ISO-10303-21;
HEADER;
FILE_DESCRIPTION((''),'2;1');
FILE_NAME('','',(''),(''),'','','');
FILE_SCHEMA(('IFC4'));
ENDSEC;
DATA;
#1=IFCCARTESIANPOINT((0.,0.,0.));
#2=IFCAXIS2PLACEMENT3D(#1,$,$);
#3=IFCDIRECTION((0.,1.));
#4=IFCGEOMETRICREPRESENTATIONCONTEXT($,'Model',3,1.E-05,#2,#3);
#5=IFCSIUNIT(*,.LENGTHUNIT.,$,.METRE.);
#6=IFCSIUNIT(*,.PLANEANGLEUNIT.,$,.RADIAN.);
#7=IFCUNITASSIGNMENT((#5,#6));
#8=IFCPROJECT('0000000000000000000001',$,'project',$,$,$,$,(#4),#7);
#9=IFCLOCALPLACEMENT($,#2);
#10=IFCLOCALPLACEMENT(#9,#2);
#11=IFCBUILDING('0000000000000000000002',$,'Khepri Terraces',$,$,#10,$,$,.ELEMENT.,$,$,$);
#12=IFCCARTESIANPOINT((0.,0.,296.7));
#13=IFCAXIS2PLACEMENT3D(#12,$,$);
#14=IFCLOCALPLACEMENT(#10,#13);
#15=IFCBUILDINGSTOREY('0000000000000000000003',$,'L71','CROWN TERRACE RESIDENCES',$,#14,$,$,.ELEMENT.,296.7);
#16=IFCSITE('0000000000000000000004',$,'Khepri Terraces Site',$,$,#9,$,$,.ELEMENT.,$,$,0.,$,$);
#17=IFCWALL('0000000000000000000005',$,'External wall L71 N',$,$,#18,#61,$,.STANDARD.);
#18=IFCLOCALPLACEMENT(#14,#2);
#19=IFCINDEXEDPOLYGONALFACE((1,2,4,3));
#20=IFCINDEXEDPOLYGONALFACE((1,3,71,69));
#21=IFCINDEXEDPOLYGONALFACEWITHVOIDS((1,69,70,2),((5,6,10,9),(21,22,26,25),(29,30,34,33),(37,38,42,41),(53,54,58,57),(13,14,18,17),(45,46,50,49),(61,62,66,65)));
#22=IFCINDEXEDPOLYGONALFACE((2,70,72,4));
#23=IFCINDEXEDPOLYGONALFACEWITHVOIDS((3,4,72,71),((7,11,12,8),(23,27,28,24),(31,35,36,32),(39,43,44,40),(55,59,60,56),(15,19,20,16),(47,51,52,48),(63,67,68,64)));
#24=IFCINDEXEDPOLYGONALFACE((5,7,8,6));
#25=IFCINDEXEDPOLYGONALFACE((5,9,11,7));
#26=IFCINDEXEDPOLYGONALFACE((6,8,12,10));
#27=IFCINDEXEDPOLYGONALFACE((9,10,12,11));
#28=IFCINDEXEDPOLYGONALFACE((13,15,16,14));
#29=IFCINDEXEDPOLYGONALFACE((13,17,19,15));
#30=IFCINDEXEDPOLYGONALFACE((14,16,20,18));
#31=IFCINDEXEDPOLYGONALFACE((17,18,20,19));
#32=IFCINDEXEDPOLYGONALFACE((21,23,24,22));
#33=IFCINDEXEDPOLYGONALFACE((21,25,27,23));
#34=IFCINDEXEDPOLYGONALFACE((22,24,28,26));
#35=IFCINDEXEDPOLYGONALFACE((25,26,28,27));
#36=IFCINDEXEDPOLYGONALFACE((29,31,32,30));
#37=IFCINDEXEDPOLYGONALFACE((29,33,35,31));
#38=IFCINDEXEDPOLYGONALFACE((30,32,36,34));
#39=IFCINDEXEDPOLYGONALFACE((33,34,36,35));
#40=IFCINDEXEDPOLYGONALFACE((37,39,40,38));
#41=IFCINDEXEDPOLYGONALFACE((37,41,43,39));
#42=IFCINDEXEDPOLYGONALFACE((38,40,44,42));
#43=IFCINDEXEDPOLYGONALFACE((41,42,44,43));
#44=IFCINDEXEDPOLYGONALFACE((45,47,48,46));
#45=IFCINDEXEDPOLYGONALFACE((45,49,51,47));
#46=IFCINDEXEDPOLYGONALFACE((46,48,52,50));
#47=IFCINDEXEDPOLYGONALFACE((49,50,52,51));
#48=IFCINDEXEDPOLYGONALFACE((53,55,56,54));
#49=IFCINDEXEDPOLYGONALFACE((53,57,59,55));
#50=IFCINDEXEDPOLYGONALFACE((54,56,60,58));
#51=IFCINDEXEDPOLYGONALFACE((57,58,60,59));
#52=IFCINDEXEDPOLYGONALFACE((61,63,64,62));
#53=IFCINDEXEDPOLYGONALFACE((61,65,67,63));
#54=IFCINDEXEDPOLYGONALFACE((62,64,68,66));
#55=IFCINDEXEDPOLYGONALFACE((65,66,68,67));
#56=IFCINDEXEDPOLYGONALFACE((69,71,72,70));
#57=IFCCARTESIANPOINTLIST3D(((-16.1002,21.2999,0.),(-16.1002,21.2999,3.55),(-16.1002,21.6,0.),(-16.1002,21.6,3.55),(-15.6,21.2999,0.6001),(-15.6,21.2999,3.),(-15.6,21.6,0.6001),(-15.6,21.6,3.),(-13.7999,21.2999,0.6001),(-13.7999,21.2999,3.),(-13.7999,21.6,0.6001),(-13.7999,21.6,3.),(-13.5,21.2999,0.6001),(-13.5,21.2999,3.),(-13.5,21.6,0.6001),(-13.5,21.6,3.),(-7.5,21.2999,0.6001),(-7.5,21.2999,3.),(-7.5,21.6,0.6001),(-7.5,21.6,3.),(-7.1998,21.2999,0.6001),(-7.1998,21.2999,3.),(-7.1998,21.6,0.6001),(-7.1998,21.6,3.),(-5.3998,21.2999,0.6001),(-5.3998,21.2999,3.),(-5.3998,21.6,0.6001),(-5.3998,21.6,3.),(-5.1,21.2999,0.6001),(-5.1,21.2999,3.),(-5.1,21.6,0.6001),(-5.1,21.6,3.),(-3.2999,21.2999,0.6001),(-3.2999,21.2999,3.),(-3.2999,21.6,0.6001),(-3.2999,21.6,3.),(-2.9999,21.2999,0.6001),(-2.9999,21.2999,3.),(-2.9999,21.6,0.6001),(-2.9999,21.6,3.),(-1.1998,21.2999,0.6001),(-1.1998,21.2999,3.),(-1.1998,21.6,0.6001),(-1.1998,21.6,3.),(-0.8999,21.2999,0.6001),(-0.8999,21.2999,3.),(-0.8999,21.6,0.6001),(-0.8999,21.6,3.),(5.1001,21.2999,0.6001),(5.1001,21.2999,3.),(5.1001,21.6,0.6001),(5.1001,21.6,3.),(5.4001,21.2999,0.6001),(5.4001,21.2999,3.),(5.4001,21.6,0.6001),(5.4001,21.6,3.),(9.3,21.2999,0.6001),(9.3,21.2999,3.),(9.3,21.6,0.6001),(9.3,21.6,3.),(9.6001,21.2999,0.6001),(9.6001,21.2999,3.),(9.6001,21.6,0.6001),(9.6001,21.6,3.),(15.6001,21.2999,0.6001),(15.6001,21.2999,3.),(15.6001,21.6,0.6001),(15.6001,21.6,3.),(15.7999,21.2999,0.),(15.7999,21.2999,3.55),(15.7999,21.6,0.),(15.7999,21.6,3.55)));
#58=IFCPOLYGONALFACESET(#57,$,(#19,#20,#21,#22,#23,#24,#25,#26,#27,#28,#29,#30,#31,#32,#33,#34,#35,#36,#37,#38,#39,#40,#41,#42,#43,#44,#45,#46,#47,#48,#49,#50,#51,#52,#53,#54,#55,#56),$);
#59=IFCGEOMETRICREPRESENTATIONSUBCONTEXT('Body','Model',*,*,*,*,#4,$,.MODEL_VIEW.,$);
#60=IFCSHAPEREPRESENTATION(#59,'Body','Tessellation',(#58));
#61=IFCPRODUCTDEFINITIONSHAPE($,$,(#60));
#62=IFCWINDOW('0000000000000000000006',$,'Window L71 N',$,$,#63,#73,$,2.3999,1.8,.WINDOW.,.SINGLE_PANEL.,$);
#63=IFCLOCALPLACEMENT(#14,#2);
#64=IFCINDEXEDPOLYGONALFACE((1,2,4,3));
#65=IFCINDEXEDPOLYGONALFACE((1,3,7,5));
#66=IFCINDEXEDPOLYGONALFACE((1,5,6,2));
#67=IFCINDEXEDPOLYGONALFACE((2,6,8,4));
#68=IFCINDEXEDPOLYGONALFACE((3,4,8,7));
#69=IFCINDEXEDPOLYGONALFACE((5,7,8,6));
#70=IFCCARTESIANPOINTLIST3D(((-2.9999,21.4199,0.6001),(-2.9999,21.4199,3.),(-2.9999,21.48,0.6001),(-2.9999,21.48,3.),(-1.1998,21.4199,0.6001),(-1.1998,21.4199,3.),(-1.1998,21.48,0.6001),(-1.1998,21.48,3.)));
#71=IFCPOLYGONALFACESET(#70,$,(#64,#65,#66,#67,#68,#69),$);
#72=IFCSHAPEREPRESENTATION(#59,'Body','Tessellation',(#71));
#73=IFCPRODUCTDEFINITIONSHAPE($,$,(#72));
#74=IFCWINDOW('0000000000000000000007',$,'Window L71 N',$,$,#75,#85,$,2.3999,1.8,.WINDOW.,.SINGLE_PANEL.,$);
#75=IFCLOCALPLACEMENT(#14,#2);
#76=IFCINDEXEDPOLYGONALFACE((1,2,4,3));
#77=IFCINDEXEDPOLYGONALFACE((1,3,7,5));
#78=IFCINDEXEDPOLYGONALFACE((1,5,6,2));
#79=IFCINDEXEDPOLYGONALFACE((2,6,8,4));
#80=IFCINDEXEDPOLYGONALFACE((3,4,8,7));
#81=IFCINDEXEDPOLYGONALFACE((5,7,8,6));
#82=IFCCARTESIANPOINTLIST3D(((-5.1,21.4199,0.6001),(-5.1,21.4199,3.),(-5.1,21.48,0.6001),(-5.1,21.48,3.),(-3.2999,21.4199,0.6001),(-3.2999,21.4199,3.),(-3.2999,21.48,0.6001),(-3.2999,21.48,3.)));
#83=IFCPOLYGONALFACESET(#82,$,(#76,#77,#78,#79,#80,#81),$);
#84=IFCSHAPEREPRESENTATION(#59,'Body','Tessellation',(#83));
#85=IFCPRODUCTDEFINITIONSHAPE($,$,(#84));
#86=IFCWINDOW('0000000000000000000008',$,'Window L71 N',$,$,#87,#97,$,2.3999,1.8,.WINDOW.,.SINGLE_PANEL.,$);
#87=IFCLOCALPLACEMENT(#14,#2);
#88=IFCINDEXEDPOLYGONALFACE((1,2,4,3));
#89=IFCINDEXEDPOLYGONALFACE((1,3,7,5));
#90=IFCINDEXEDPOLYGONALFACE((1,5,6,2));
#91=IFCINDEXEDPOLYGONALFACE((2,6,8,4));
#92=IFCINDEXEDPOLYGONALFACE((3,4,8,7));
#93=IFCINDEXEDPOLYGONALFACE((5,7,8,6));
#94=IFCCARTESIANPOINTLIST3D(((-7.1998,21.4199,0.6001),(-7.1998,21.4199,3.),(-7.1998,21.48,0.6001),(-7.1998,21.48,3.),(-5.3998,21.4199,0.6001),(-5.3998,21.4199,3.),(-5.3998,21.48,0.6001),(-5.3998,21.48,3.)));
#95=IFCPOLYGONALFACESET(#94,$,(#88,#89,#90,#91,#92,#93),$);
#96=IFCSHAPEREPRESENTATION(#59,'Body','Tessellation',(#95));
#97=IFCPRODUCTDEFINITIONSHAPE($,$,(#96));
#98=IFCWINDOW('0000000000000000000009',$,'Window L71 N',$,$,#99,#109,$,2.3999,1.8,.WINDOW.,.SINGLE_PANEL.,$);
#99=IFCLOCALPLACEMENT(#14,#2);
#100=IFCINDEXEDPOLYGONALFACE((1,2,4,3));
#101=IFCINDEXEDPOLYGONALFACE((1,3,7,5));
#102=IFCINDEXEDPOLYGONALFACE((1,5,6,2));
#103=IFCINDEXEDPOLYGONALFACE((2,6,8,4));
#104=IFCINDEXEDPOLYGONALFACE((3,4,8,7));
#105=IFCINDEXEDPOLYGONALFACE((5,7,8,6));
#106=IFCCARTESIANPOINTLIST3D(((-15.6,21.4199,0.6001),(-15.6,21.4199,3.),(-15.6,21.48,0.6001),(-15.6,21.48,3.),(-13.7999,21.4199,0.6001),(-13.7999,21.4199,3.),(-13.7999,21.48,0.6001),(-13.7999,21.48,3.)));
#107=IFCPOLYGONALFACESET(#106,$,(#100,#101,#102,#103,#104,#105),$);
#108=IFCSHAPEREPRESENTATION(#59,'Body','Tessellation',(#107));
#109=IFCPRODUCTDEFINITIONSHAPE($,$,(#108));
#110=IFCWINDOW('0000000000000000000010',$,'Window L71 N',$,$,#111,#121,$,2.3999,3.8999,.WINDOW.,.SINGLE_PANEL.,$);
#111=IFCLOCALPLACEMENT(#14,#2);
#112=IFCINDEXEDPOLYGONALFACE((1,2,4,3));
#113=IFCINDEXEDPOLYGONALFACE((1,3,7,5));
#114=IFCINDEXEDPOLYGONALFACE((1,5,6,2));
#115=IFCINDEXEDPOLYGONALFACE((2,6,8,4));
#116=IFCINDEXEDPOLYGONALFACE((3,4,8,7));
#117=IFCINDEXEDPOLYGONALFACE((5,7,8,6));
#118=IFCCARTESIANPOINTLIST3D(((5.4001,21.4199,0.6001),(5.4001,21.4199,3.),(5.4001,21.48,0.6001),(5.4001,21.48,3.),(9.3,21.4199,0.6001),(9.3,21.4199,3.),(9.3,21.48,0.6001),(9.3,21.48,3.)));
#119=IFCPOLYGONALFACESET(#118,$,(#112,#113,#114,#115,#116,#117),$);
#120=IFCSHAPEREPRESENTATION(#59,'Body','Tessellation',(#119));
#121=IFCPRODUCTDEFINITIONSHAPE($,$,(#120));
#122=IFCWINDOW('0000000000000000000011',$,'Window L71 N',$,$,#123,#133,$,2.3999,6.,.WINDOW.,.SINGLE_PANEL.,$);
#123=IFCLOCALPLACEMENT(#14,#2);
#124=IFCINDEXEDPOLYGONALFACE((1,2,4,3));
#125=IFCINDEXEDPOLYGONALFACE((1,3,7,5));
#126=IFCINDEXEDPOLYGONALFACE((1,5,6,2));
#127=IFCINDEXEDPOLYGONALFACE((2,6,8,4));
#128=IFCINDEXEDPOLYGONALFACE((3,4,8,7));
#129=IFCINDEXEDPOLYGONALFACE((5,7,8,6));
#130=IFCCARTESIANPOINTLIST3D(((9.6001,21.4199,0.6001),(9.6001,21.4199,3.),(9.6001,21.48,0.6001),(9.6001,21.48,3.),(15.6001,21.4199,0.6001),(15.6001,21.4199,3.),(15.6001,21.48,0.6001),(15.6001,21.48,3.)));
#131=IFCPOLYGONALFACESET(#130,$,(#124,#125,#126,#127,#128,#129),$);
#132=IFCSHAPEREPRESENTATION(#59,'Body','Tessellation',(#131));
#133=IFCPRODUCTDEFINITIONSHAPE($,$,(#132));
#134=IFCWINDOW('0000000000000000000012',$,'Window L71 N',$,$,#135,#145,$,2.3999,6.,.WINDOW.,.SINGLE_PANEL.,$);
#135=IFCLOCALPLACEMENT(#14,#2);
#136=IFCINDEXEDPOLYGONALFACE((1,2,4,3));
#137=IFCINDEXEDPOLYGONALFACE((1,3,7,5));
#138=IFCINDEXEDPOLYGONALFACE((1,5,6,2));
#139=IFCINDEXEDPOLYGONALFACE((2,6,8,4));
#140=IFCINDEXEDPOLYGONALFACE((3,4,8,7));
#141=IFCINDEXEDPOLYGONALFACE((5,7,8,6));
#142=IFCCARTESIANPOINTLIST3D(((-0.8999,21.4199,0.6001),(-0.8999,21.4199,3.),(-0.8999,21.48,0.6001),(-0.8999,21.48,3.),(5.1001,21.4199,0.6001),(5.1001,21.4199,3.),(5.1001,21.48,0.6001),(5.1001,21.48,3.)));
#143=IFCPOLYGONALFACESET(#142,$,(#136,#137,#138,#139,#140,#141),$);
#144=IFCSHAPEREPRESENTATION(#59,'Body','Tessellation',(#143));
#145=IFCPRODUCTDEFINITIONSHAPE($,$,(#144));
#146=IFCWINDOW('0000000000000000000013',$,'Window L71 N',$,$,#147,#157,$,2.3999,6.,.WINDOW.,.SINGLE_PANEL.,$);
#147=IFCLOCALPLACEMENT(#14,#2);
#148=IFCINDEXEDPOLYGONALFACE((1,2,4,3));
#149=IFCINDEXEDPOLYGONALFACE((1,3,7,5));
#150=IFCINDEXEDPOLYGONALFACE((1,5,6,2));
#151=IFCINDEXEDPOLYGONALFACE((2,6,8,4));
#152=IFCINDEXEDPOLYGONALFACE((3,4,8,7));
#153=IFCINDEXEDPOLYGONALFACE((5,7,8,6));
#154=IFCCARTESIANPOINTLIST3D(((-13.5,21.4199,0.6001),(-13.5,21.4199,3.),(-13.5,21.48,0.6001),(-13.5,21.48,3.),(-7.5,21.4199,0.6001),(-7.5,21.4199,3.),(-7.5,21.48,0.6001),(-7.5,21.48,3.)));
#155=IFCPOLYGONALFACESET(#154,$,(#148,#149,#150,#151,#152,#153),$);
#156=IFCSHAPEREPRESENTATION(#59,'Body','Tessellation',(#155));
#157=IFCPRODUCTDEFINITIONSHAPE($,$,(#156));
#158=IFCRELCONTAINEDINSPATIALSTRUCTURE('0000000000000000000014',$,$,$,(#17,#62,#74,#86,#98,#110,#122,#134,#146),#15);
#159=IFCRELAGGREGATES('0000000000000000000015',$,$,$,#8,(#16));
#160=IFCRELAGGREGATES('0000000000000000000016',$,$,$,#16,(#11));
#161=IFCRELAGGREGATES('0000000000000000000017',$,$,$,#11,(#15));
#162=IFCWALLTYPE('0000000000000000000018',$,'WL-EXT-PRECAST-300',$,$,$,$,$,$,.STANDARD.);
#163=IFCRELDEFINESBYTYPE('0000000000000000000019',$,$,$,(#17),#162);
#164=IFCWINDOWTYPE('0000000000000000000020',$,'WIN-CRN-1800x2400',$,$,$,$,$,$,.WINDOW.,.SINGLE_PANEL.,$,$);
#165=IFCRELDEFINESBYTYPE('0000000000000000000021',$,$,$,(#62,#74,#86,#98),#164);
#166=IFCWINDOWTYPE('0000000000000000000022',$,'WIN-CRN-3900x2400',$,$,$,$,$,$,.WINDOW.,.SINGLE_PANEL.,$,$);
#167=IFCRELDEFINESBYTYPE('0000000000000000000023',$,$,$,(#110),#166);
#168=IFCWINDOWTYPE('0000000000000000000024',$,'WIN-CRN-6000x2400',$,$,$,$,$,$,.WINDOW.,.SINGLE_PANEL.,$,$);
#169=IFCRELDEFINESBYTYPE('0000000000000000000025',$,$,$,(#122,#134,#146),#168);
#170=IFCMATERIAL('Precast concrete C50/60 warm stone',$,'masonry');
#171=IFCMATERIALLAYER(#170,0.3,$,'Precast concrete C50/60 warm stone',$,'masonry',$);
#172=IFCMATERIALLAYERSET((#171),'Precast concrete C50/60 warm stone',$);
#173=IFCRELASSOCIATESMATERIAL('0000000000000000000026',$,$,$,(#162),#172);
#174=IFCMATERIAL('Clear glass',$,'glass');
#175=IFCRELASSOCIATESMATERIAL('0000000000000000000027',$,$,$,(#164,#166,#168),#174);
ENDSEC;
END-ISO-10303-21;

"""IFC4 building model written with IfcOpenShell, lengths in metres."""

from ifc_helpers import new_model, si_unit, direction, frame, frame_2d, origin, place, context, subcontext, project, spatial, rectangle, extrude, material, layer, layer_set, type_object, element, fill, save


model = new_model("IFC4")

# Units and contexts
model_context = context("Model", 3, precision=1e-05, world=origin(), true_north=direction((0.0, 1.0)))
body_context = subcontext(model_context, "Body", "Model", "MODEL_VIEW")
ifc_project = project(units=[si_unit("LENGTHUNIT", "METRE"), si_unit("PLANEANGLEUNIT", "RADIAN")], contexts=[model_context])

# Site, building, storey
site_placement = place(None, origin())
site = spatial("IfcSite", under=ifc_project, at=site_placement, Name="Khepri Terraces Site", CompositionType="ELEMENT", RefElevation=0.0)
building_placement = place(site_placement, origin())
building = spatial("IfcBuilding", under=site, at=building_placement, Name="Khepri Terraces", CompositionType="ELEMENT")
storey_placement = place(building_placement, frame((0.0, 0.0, 296.7)))
storey = spatial("IfcBuildingStorey", under=building, at=storey_placement, Name="L71", Description="CROWN TERRACE RESIDENCES", CompositionType="ELEMENT", Elevation=296.7)

# Shared definitions
ifc_material_1 = material(Name="Precast concrete C50/60 warm stone", Category="masonry")
ifc_layer_1 = layer(ifc_material_1, 0.3, Name="Precast concrete C50/60 warm stone", Category="masonry")
ifc_layer_set_1 = layer_set([ifc_layer_1], Name="Precast concrete C50/60 warm stone")
wall_type_1 = type_object("IfcWallType", Name="WL-EXT-PRECAST-300", PredefinedType="STANDARD", material=ifc_layer_set_1)
ifc_material_2 = material(Name="Clear glass", Category="glass")
window_type_1 = type_object("IfcWindowType", Name="WIN-CRN-1800x2400", PartitioningType="SINGLE_PANEL", PredefinedType="WINDOW", material=ifc_material_2)

# Wall, openings, windows
wall_1_placement = place(storey_placement, frame((15.8, 21.45, 0.0), z_axis=(0.0, 0.0, 1.0), x_axis=(-1.0, 0.0, 0.0)))
wall_1 = element("IfcWall", 1, at=wall_1_placement, inside=storey, type_object=wall_type_1, Name="External wall L71 N", PredefinedType="STANDARD", context=body_context, shape_type="SweptSolid", body=[
    extrude(rectangle(XDim=31.9001, YDim=0.3, at=frame_2d((15.9502, 0.0))), origin(), (0.0, 0.0, 1.0), 3.55),
])
opening_1_placement = place(wall_1_placement, frame((0.2, 0.0, 0.6001)))
opening_1 = element("IfcOpeningElement", 2, at=opening_1_placement, cuts=wall_1, PredefinedType="OPENING", context=body_context, shape_type="SweptSolid", body=[
    extrude(rectangle(XDim=6.0, YDim=2.3999, at=frame_2d((3.0, 1.2))), frame((0.0, 0.1602, 0.0), z_axis=(0.0, -1.0, 0.0), x_axis=(1.0, 0.0, 0.0)), (0.0, 0.0, 1.0), 0.3201),
])
opening_2_placement = place(wall_1_placement, frame((6.5, 0.0, 0.6001)))
opening_2 = element("IfcOpeningElement", 3, at=opening_2_placement, cuts=wall_1, PredefinedType="OPENING", context=body_context, shape_type="SweptSolid", body=[
    extrude(rectangle(XDim=3.8999, YDim=2.3999, at=frame_2d((1.95, 1.2))), frame((0.0, 0.1602, 0.0), z_axis=(0.0, -1.0, 0.0), x_axis=(1.0, 0.0, 0.0)), (0.0, 0.0, 1.0), 0.3201),
])
opening_3_placement = place(wall_1_placement, frame((10.7, 0.0, 0.6001)))
opening_3 = element("IfcOpeningElement", 4, at=opening_3_placement, cuts=wall_1, PredefinedType="OPENING", context=body_context, shape_type="SweptSolid", body=[
    extrude(rectangle(XDim=6.0, YDim=2.3999, at=frame_2d((3.0, 1.2))), frame((0.0, 0.1602, 0.0), z_axis=(0.0, -1.0, 0.0), x_axis=(1.0, 0.0, 0.0)), (0.0, 0.0, 1.0), 0.3201),
])
opening_4_placement = place(wall_1_placement, frame((17.0, 0.0, 0.6001)))
opening_4 = element("IfcOpeningElement", 5, at=opening_4_placement, cuts=wall_1, PredefinedType="OPENING", context=body_context, shape_type="SweptSolid", body=[
    extrude(rectangle(XDim=1.8, YDim=2.3999, at=frame_2d((0.8999, 1.2))), frame((0.0, 0.1602, 0.0), z_axis=(0.0, -1.0, 0.0), x_axis=(1.0, 0.0, 0.0)), (0.0, 0.0, 1.0), 0.3201),
])
opening_5_placement = place(wall_1_placement, frame((19.1001, 0.0, 0.6001)))
opening_5 = element("IfcOpeningElement", 6, at=opening_5_placement, cuts=wall_1, PredefinedType="OPENING", context=body_context, shape_type="SweptSolid", body=[
    extrude(rectangle(XDim=1.8, YDim=2.3999, at=frame_2d((0.8999, 1.2))), frame((0.0, 0.1602, 0.0), z_axis=(0.0, -1.0, 0.0), x_axis=(1.0, 0.0, 0.0)), (0.0, 0.0, 1.0), 0.3201),
])
opening_6_placement = place(wall_1_placement, frame((21.2, 0.0, 0.6001)))
opening_6 = element("IfcOpeningElement", 7, at=opening_6_placement, cuts=wall_1, PredefinedType="OPENING", context=body_context, shape_type="SweptSolid", body=[
    extrude(rectangle(XDim=1.8, YDim=2.3999, at=frame_2d((0.8999, 1.2))), frame((0.0, 0.1602, 0.0), z_axis=(0.0, -1.0, 0.0), x_axis=(1.0, 0.0, 0.0)), (0.0, 0.0, 1.0), 0.3201),
])
opening_7_placement = place(wall_1_placement, frame((23.3, 0.0, 0.6001)))
opening_7 = element("IfcOpeningElement", 8, at=opening_7_placement, cuts=wall_1, PredefinedType="OPENING", context=body_context, shape_type="SweptSolid", body=[
    extrude(rectangle(XDim=6.0, YDim=2.3999, at=frame_2d((3.0, 1.2))), frame((0.0, 0.1602, 0.0), z_axis=(0.0, -1.0, 0.0), x_axis=(1.0, 0.0, 0.0)), (0.0, 0.0, 1.0), 0.3201),
])
opening_8_placement = place(wall_1_placement, frame((29.6001, 0.0, 0.6001)))
opening_8 = element("IfcOpeningElement", 9, at=opening_8_placement, cuts=wall_1, PredefinedType="OPENING", context=body_context, shape_type="SweptSolid", body=[
    extrude(rectangle(XDim=1.8, YDim=2.3999, at=frame_2d((0.8999, 1.2))), frame((0.0, 0.1602, 0.0), z_axis=(0.0, -1.0, 0.0), x_axis=(1.0, 0.0, 0.0)), (0.0, 0.0, 1.0), 0.3201),
])
window_1_placement = place(opening_4_placement, origin())
window_1 = element("IfcWindow", 10, at=window_1_placement, inside=storey, type_object=window_type_1, Name="Window L71 N", OverallHeight=2.3999, OverallWidth=1.8, PartitioningType="SINGLE_PANEL", PredefinedType="WINDOW", context=body_context, shape_type="SweptSolid", body=[
    extrude(rectangle(XDim=1.8, YDim=2.3999, at=frame_2d((0.8999, 1.2))), frame((0.0, 0.03, 0.0), z_axis=(0.0, -1.0, 0.0), x_axis=(1.0, 0.0, 0.0)), (0.0, 0.0, 1.0), 0.0601),
])
fill(opening_4, window_1)
window_2_placement = place(opening_5_placement, origin())
window_2 = element("IfcWindow", 11, at=window_2_placement, inside=storey, type_object=window_type_1, Name="Window L71 N", OverallHeight=2.3999, OverallWidth=1.8, PartitioningType="SINGLE_PANEL", PredefinedType="WINDOW", context=body_context, shape_type="SweptSolid", body=[
    extrude(rectangle(XDim=1.8, YDim=2.3999, at=frame_2d((0.8999, 1.2))), frame((0.0, 0.03, 0.0), z_axis=(0.0, -1.0, 0.0), x_axis=(1.0, 0.0, 0.0)), (0.0, 0.0, 1.0), 0.0601),
])
fill(opening_5, window_2)
window_3_placement = place(opening_6_placement, origin())
window_3 = element("IfcWindow", 12, at=window_3_placement, inside=storey, type_object=window_type_1, Name="Window L71 N", OverallHeight=2.3999, OverallWidth=1.8, PartitioningType="SINGLE_PANEL", PredefinedType="WINDOW", context=body_context, shape_type="SweptSolid", body=[
    extrude(rectangle(XDim=1.8, YDim=2.3999, at=frame_2d((0.8999, 1.2))), frame((0.0, 0.03, 0.0), z_axis=(0.0, -1.0, 0.0), x_axis=(1.0, 0.0, 0.0)), (0.0, 0.0, 1.0), 0.0601),
])
fill(opening_6, window_3)
window_4_placement = place(opening_8_placement, origin())
window_4 = element("IfcWindow", 13, at=window_4_placement, inside=storey, type_object=window_type_1, Name="Window L71 N", OverallHeight=2.3999, OverallWidth=1.8, PartitioningType="SINGLE_PANEL", PredefinedType="WINDOW", context=body_context, shape_type="SweptSolid", body=[
    extrude(rectangle(XDim=1.8, YDim=2.3999, at=frame_2d((0.8999, 1.2))), frame((0.0, 0.03, 0.0), z_axis=(0.0, -1.0, 0.0), x_axis=(1.0, 0.0, 0.0)), (0.0, 0.0, 1.0), 0.0601),
])
fill(opening_8, window_4)
window_type_2 = type_object("IfcWindowType", Name="WIN-CRN-3900x2400", PartitioningType="SINGLE_PANEL", PredefinedType="WINDOW", material=ifc_material_2)
window_5_placement = place(opening_2_placement, origin())
window_5 = element("IfcWindow", 14, at=window_5_placement, inside=storey, type_object=window_type_2, Name="Window L71 N", OverallHeight=2.3999, OverallWidth=3.8999, PartitioningType="SINGLE_PANEL", PredefinedType="WINDOW", context=body_context, shape_type="SweptSolid", body=[
    extrude(rectangle(XDim=3.8999, YDim=2.3999, at=frame_2d((1.95, 1.2))), frame((0.0, 0.03, 0.0), z_axis=(0.0, -1.0, 0.0), x_axis=(1.0, 0.0, 0.0)), (0.0, 0.0, 1.0), 0.0601),
])
fill(opening_2, window_5)
window_type_3 = type_object("IfcWindowType", Name="WIN-CRN-6000x2400", PartitioningType="SINGLE_PANEL", PredefinedType="WINDOW", material=ifc_material_2)
window_6_placement = place(opening_1_placement, origin())
window_6 = element("IfcWindow", 15, at=window_6_placement, inside=storey, type_object=window_type_3, Name="Window L71 N", OverallHeight=2.3999, OverallWidth=6.0, PartitioningType="SINGLE_PANEL", PredefinedType="WINDOW", context=body_context, shape_type="SweptSolid", body=[
    extrude(rectangle(XDim=6.0, YDim=2.3999, at=frame_2d((3.0, 1.2))), frame((0.0, 0.03, 0.0), z_axis=(0.0, -1.0, 0.0), x_axis=(1.0, 0.0, 0.0)), (0.0, 0.0, 1.0), 0.0601),
])
fill(opening_1, window_6)
window_7_placement = place(opening_3_placement, origin())
window_7 = element("IfcWindow", 16, at=window_7_placement, inside=storey, type_object=window_type_3, Name="Window L71 N", OverallHeight=2.3999, OverallWidth=6.0, PartitioningType="SINGLE_PANEL", PredefinedType="WINDOW", context=body_context, shape_type="SweptSolid", body=[
    extrude(rectangle(XDim=6.0, YDim=2.3999, at=frame_2d((3.0, 1.2))), frame((0.0, 0.03, 0.0), z_axis=(0.0, -1.0, 0.0), x_axis=(1.0, 0.0, 0.0)), (0.0, 0.0, 1.0), 0.0601),
])
fill(opening_3, window_7)
window_8_placement = place(opening_7_placement, origin())
window_8 = element("IfcWindow", 17, at=window_8_placement, inside=storey, type_object=window_type_3, Name="Window L71 N", OverallHeight=2.3999, OverallWidth=6.0, PartitioningType="SINGLE_PANEL", PredefinedType="WINDOW", context=body_context, shape_type="SweptSolid", body=[
    extrude(rectangle(XDim=6.0, YDim=2.3999, at=frame_2d((3.0, 1.2))), frame((0.0, 0.03, 0.0), z_axis=(0.0, -1.0, 0.0), x_axis=(1.0, 0.0, 0.0)), (0.0, 0.0, 1.0), 0.0601),
])
fill(opening_7, window_8)

save(model, "model.ifc")
